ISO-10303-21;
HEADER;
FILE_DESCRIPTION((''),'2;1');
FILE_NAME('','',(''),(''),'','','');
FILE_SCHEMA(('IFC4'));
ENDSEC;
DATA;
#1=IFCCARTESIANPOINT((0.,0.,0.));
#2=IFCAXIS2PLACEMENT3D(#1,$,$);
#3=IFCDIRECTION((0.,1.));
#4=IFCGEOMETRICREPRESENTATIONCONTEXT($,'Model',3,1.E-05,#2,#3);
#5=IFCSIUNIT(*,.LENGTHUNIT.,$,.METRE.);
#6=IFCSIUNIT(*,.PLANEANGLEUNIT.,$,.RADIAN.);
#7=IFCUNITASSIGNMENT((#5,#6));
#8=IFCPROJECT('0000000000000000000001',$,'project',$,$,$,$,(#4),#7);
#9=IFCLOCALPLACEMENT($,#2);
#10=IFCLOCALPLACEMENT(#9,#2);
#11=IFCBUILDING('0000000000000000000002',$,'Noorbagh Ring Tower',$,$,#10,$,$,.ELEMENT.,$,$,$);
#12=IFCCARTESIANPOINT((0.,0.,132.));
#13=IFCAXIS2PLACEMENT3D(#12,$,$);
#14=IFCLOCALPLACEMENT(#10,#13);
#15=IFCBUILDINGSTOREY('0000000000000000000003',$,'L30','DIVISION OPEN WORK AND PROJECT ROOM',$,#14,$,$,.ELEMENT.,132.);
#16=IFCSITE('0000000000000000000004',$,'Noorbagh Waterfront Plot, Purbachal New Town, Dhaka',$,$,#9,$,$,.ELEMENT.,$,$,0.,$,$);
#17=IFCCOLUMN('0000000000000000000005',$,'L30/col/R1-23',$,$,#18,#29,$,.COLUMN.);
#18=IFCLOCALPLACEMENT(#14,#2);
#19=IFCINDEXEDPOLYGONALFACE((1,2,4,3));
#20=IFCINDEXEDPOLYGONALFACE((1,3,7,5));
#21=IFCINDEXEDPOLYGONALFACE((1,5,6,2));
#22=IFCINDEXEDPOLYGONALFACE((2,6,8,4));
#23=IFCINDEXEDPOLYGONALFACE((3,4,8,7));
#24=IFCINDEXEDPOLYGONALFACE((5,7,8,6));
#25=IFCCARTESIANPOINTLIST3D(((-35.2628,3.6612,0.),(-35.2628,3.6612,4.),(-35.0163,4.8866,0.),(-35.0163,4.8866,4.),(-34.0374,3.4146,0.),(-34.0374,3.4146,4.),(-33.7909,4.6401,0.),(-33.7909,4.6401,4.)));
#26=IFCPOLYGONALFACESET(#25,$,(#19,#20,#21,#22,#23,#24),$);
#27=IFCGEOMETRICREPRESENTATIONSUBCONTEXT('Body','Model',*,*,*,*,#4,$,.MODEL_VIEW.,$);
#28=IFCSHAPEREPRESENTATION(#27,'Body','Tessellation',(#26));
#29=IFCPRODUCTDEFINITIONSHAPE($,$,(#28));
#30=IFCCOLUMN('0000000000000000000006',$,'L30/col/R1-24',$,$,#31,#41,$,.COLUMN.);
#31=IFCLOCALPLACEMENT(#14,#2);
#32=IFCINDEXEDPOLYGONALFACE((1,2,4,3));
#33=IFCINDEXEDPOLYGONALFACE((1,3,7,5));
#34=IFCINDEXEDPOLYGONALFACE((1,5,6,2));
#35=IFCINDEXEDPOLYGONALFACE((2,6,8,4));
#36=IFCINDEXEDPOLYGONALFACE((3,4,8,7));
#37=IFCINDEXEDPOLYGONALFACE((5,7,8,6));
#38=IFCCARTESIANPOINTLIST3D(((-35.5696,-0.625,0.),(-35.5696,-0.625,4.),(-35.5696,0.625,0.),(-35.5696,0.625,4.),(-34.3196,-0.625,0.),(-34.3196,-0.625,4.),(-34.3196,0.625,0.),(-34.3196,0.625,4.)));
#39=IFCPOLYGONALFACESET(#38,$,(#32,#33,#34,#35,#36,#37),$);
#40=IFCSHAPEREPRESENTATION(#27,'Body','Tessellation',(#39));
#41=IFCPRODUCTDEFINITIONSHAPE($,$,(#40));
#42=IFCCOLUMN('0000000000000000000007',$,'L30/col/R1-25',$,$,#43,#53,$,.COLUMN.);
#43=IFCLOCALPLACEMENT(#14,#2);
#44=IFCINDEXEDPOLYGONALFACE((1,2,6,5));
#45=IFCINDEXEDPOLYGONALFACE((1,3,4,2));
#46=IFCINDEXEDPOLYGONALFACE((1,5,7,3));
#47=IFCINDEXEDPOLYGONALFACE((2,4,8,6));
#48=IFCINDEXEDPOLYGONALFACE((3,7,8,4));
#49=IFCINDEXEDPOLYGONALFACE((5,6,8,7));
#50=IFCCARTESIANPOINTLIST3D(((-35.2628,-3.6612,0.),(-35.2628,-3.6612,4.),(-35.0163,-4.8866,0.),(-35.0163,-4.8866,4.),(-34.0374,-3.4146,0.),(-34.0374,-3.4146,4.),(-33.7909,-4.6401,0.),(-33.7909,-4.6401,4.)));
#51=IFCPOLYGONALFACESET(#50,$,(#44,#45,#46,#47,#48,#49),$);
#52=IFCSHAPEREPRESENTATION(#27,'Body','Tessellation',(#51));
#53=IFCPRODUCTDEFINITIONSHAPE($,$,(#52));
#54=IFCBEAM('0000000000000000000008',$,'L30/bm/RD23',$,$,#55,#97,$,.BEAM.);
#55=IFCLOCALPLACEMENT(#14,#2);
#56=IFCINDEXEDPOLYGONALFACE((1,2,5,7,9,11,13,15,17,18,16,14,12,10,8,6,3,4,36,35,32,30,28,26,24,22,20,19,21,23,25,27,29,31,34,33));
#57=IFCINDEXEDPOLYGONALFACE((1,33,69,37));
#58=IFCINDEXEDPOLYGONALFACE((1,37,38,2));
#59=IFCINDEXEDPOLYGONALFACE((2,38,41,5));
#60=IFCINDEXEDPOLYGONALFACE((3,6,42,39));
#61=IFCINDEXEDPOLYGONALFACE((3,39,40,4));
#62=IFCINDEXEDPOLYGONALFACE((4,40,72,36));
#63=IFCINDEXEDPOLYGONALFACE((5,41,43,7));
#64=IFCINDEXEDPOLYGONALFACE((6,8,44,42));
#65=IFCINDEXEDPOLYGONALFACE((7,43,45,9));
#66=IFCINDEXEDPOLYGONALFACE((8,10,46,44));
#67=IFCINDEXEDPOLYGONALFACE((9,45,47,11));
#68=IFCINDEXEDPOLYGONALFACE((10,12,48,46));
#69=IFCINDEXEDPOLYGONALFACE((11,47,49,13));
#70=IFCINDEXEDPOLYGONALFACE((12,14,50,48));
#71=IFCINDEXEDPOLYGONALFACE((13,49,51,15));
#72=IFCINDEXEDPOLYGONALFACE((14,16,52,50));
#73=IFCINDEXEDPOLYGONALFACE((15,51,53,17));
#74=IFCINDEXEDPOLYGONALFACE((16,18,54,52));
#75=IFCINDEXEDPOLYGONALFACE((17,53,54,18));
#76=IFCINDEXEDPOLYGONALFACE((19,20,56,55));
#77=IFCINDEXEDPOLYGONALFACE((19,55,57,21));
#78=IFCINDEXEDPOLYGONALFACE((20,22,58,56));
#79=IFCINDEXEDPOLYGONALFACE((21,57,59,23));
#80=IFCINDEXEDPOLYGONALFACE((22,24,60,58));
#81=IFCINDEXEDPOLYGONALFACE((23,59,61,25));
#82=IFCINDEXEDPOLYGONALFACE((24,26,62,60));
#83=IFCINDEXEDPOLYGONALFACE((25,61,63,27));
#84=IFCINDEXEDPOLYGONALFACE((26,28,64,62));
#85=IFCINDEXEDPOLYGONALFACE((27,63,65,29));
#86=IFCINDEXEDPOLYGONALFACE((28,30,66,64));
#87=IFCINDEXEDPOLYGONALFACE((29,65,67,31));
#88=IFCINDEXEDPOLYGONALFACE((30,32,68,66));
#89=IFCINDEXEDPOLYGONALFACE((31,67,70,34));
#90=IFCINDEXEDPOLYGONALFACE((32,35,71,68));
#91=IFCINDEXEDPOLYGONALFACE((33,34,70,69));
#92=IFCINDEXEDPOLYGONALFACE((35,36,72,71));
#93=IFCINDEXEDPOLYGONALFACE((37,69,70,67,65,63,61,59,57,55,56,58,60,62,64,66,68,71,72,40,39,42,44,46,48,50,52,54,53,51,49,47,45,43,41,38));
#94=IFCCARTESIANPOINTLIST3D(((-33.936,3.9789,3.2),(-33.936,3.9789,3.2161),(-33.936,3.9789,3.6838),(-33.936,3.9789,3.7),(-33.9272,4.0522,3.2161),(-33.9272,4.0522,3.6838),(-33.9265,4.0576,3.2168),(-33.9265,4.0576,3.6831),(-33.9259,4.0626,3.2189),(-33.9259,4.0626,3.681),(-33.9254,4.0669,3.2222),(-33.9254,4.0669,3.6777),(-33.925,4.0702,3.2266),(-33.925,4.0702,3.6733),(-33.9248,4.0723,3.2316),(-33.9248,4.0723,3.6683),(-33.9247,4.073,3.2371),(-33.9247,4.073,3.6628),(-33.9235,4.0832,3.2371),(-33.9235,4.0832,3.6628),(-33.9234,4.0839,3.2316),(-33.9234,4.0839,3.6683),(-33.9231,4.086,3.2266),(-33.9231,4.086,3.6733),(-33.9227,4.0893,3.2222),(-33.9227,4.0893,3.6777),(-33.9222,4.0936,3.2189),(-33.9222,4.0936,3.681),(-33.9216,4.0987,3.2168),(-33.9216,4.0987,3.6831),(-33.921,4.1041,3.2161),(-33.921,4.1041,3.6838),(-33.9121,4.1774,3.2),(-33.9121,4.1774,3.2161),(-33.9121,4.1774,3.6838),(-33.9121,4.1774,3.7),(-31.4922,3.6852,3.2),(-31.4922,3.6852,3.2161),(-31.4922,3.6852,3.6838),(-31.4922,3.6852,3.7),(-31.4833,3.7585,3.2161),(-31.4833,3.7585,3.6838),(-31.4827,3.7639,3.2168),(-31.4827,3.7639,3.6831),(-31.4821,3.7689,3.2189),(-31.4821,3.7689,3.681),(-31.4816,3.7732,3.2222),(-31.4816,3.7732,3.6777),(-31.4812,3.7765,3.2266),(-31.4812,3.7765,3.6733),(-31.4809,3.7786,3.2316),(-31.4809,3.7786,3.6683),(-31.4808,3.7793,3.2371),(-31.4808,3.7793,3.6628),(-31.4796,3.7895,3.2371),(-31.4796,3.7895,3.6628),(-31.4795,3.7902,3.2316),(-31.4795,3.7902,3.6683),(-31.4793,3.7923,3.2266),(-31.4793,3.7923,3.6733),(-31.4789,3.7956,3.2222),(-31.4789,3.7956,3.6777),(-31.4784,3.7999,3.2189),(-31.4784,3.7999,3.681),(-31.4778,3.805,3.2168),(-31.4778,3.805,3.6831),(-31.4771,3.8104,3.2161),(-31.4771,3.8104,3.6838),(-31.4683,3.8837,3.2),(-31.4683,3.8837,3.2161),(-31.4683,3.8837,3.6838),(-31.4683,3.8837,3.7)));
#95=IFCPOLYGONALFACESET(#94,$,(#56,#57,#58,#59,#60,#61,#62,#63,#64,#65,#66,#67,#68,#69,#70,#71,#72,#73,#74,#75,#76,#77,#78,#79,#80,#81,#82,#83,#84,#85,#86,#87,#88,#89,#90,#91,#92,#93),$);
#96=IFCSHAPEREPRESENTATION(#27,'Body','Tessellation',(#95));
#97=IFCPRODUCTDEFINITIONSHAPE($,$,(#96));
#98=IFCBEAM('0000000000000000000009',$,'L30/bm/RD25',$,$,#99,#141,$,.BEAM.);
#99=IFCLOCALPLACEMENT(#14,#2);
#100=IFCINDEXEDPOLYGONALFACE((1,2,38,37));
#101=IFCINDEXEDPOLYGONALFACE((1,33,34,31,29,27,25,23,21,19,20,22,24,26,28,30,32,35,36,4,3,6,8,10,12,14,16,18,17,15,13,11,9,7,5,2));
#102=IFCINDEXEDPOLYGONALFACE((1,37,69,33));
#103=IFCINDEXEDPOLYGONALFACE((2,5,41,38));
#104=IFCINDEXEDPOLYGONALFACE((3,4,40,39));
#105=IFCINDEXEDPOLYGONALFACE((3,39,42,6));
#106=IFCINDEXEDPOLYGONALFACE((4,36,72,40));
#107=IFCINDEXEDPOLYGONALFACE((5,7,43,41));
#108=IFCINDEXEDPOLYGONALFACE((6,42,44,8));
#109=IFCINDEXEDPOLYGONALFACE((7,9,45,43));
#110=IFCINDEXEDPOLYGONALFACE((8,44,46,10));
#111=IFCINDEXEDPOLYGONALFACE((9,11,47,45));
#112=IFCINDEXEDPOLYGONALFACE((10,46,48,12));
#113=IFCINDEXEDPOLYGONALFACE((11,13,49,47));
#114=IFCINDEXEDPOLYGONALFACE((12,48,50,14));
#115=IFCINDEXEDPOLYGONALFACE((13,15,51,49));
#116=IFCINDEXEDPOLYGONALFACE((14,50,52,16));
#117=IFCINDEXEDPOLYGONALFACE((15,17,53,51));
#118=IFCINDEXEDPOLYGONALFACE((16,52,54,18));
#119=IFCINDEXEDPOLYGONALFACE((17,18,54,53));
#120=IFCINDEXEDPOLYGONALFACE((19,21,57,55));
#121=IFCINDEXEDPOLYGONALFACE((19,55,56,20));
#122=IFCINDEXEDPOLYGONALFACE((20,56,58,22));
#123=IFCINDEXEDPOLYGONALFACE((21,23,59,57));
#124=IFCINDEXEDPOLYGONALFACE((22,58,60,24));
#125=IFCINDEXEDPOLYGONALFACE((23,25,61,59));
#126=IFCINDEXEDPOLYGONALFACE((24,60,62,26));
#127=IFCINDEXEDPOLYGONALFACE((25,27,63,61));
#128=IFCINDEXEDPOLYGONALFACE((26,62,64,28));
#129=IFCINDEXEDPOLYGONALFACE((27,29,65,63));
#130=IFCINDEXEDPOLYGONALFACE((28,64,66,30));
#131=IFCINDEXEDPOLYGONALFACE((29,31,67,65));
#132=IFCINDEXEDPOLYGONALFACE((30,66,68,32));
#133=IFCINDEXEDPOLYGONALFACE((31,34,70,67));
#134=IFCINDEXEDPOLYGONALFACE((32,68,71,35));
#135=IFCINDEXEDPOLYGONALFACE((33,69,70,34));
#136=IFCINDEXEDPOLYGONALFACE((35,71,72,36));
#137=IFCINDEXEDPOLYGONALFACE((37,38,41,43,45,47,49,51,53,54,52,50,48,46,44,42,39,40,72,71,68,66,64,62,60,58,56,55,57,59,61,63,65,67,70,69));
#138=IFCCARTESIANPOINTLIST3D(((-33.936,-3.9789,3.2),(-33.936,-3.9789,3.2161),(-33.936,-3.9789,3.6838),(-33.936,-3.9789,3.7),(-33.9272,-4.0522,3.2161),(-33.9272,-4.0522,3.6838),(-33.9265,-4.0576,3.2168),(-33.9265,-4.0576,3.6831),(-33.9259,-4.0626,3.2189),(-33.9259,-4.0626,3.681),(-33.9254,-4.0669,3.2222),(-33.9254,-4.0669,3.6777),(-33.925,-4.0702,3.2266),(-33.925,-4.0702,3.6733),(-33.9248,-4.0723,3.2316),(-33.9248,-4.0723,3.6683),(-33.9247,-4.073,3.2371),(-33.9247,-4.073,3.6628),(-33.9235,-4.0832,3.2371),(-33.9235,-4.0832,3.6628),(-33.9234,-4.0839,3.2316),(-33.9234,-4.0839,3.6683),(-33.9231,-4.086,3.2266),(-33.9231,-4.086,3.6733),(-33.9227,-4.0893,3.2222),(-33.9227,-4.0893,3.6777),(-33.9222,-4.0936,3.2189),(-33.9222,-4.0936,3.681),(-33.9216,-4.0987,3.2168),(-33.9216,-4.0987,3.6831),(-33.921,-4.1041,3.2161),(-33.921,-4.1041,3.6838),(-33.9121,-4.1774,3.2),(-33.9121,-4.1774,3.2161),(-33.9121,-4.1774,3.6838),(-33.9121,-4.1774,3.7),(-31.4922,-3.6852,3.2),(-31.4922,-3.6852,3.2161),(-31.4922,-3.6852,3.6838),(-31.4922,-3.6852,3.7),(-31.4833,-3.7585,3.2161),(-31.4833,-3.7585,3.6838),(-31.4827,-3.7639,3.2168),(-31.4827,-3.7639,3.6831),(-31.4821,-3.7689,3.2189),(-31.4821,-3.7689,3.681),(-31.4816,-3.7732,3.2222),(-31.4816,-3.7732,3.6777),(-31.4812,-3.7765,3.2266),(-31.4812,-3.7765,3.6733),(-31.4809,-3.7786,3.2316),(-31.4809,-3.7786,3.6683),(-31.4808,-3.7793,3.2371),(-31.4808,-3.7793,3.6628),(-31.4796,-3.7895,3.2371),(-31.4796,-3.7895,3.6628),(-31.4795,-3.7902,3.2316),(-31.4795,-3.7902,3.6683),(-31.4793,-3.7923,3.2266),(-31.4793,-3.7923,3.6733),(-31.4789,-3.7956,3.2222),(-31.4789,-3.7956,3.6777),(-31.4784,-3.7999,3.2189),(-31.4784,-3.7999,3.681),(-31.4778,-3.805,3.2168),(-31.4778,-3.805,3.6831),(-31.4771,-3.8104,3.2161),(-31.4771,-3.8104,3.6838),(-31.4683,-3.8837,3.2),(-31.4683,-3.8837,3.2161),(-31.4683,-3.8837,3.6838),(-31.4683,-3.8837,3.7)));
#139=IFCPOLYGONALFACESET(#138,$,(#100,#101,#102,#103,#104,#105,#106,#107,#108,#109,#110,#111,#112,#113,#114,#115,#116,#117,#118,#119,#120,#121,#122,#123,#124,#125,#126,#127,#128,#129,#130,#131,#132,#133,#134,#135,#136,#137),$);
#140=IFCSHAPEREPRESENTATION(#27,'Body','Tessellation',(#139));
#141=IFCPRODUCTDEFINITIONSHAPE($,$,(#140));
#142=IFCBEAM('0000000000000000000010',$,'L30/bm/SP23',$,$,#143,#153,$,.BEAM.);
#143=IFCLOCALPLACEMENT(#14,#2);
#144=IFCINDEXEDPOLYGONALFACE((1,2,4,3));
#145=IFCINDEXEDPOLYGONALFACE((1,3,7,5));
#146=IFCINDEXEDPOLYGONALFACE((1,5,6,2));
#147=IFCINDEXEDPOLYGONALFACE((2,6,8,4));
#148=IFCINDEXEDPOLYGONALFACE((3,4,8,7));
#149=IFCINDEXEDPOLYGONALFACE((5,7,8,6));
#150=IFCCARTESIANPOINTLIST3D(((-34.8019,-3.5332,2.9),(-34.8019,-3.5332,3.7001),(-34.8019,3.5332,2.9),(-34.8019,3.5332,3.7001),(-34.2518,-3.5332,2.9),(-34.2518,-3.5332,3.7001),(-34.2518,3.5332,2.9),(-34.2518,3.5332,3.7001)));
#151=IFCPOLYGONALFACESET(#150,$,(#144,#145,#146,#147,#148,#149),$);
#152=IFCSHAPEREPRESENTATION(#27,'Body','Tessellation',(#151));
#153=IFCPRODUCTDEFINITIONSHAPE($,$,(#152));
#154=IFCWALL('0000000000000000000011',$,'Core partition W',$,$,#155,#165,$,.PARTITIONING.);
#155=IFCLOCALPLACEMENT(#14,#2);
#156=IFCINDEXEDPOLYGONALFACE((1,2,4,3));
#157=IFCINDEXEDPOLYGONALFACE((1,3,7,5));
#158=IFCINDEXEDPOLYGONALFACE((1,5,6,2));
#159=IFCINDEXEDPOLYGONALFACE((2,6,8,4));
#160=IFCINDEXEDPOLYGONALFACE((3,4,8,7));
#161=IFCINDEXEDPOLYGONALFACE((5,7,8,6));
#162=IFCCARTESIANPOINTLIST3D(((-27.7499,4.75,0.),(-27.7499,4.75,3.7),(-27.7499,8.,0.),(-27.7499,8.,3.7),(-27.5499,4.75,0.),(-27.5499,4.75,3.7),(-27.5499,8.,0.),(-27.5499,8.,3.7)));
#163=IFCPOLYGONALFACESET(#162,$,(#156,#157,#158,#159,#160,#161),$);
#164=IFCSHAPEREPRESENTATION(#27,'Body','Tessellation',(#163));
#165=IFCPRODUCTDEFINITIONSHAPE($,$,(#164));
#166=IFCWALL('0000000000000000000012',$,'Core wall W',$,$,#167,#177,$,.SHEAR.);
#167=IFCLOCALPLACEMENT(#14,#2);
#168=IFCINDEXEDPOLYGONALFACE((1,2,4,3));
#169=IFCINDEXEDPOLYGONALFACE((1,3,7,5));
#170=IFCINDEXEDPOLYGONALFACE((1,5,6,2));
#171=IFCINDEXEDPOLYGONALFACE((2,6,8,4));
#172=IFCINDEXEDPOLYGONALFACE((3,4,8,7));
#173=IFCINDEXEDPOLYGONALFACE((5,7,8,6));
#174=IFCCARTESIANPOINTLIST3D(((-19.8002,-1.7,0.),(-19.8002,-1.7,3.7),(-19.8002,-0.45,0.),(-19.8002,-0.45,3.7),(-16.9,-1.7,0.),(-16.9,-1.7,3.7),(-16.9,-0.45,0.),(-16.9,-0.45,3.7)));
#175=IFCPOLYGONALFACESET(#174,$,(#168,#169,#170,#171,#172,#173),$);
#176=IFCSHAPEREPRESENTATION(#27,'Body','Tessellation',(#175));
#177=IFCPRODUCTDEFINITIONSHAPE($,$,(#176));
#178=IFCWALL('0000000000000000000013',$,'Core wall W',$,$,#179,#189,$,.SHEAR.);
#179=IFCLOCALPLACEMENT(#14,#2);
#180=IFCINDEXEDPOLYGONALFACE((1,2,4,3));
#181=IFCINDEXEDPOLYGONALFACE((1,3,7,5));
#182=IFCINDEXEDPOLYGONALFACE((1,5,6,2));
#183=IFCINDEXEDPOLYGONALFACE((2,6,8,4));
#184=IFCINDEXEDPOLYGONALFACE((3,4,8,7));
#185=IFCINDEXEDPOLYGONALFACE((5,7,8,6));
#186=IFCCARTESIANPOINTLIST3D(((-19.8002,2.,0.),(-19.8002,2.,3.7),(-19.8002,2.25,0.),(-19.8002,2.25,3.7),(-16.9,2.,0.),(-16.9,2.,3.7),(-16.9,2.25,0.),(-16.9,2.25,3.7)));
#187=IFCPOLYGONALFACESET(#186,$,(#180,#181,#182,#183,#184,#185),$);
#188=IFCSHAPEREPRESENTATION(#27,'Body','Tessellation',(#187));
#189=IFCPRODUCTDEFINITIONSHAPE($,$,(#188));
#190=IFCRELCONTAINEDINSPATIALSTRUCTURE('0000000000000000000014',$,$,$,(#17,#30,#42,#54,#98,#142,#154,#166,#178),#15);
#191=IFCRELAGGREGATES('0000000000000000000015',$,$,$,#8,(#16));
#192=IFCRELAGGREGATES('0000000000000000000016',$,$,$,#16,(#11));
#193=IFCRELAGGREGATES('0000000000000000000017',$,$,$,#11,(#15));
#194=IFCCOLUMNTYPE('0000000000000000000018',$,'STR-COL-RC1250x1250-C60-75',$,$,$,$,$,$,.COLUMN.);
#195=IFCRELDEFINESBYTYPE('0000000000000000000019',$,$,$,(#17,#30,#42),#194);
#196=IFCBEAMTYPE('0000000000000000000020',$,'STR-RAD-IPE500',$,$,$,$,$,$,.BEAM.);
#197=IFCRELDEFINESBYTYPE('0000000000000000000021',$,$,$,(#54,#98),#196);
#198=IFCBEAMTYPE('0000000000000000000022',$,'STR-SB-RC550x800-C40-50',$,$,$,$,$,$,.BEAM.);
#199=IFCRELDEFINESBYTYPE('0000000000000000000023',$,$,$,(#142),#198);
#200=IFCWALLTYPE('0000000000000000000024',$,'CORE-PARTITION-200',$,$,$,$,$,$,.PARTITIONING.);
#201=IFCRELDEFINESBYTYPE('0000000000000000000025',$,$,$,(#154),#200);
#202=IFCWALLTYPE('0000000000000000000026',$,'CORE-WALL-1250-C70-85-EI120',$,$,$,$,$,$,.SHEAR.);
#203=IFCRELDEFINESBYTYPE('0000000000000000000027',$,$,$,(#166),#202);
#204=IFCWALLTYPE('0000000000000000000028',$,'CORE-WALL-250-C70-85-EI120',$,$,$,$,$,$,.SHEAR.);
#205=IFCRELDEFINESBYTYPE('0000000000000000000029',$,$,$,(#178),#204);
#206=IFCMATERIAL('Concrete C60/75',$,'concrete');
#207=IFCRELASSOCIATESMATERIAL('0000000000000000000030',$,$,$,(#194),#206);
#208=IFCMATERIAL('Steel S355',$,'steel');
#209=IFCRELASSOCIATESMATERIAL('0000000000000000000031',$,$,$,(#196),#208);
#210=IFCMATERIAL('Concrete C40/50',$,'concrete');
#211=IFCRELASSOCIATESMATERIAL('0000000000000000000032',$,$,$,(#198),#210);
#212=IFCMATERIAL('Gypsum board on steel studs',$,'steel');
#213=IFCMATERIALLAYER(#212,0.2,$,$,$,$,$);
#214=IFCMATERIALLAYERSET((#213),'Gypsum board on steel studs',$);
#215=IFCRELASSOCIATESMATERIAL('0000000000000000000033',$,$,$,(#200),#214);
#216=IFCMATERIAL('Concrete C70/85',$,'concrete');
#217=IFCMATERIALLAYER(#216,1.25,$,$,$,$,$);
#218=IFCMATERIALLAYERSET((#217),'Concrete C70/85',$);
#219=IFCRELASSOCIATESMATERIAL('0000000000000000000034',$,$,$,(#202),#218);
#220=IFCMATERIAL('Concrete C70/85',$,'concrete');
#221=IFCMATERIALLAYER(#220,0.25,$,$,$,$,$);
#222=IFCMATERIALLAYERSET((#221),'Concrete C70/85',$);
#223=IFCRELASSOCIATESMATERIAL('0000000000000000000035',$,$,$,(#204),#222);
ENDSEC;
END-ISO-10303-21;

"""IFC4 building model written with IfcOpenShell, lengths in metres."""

from ifc_helpers import new_model, si_unit, direction, frame, frame_2d, origin, origin_2d, place, context, subcontext, project, spatial, rectangle, i_section, extrude, material, layer, layer_set, material_profile, profile_set, type_object, element, save


model = new_model("IFC4")

# Units and contexts
model_context = context("Model", 3, precision=1e-05, world=origin(), true_north=direction((0.0, 1.0)))
body_context = subcontext(model_context, "Body", "Model", "MODEL_VIEW")
ifc_project = project(units=[si_unit("LENGTHUNIT", "METRE"), si_unit("PLANEANGLEUNIT", "RADIAN")], contexts=[model_context])

# Site, building, storey
site_placement = place(None, origin())
site = spatial("IfcSite", under=ifc_project, at=site_placement, Name="Noorbagh Waterfront Plot, Purbachal New Town, Dhaka", CompositionType="ELEMENT", RefElevation=0.0)
building_placement = place(site_placement, origin())
building = spatial("IfcBuilding", under=site, at=building_placement, Name="Noorbagh Ring Tower", CompositionType="ELEMENT")
storey_placement = place(building_placement, frame((0.0, 0.0, 132.0)))
storey = spatial("IfcBuildingStorey", under=building, at=storey_placement, Name="L30", Description="DIVISION OPEN WORK AND PROJECT ROOM", CompositionType="ELEMENT", Elevation=132.0)

# Columns
ifc_material_1 = material(Name="Concrete C60/75", Category="concrete")
ifc_material_profile_1 = material_profile(ifc_material_1, rectangle(XDim=1.25, YDim=1.25, at=origin_2d()), Name="RC1250x1250")
ifc_profile_set_1 = profile_set([ifc_material_profile_1], Name="Concrete C60/75")
column_type = type_object("IfcColumnType", Name="STR-COL-RC1250x1250-C60-75", PredefinedType="COLUMN", material=ifc_profile_set_1)
for number, where, z_axis, x_axis, name in (
    (1, (-34.5269, 4.1506, 0.0), (0.0, 0.0, 1.0), (-0.19723, -0.980357, 0.0), "L30/col/R1-23"),
    (2, (-34.9446, 0.0, 0.0), (0.0, 0.0, 1.0), (0.0, -1.0, 0.0), "L30/col/R1-24"),
    (3, (-34.5269, -4.1506, 0.0), (0.0, 0.0, 1.0), (0.19723, -0.980357, 0.0), "L30/col/R1-25"),
):
    element("IfcColumn", number, at=place(storey_placement, frame(where, z_axis=z_axis, x_axis=x_axis)), inside=storey, type_object=column_type, Name=name, PredefinedType="COLUMN", context=body_context, shape_type="SweptSolid", body=[
        extrude(rectangle(XDim=1.25, YDim=1.25, at=origin_2d()), origin(), (0.0, 0.0, 1.0), 4.0),
    ])

# Beams
ifc_material_2 = material(Name="Steel S355", Category="steel")
ifc_material_profile_2 = material_profile(ifc_material_2, i_section(OverallWidth=0.2, OverallDepth=0.5, WebThickness=0.0103, FlangeThickness=0.0161, FilletRadius=0.021, at=origin_2d()), Name="IPE500")
ifc_profile_set_2 = profile_set([ifc_material_profile_2], Name="Steel S355")
beam_type_1 = type_object("IfcBeamType", Name="STR-RAD-IPE500", PredefinedType="BEAM", material=ifc_profile_set_2)
for number, where, z_axis, x_axis, name in (
    (4, (-33.9241, 4.0781, 3.45), (0.992856, -0.119321, 0.0), (0.119321, 0.992856, 0.0), "L30/bm/RD23"),
    (5, (-33.9241, -4.0781, 3.45), (0.992856, 0.119321, 0.0), (-0.119321, 0.992856, 0.0), "L30/bm/RD25"),
):
    element("IfcBeam", number, at=place(storey_placement, frame(where, z_axis=z_axis, x_axis=x_axis)), inside=storey, type_object=beam_type_1, Name=name, PredefinedType="BEAM", context=body_context, shape_type="SweptSolid", body=[
        extrude(i_section(OverallWidth=0.2, OverallDepth=0.5, WebThickness=0.0103, FlangeThickness=0.0161, FilletRadius=0.021, at=origin_2d()), origin(), (0.0, 0.0, 1.0), 2.4614),
    ])
ifc_material_3 = material(Name="Concrete C40/50", Category="concrete")
ifc_material_profile_3 = material_profile(ifc_material_3, rectangle(XDim=0.55, YDim=0.8, at=origin_2d()), Name="RC550x800")
ifc_profile_set_3 = profile_set([ifc_material_profile_3], Name="Concrete C40/50")
beam_type_2 = type_object("IfcBeamType", Name="STR-SB-RC550x800-C40-50", PredefinedType="BEAM", material=ifc_profile_set_3)
beam_placement = place(storey_placement, frame((-34.5269, 3.5332, 3.3), z_axis=(0.0, -1.0, 0.0), x_axis=(1.0, 0.0, 0.0)))
element("IfcBeam", 6, at=beam_placement, inside=storey, type_object=beam_type_2, Name="L30/bm/SP23", PredefinedType="BEAM", context=body_context, shape_type="SweptSolid", body=[
    extrude(rectangle(XDim=0.55, YDim=0.8, at=origin_2d()), origin(), (0.0, 0.0, 1.0), 7.0664),
])

# Walls
ifc_material_4 = material(Name="Gypsum board on steel studs", Category="steel")
ifc_layer_1 = layer(ifc_material_4, 0.2)
ifc_layer_set_1 = layer_set([ifc_layer_1], Name="Gypsum board on steel studs")
wall_type_1 = type_object("IfcWallType", Name="CORE-PARTITION-200", PredefinedType="PARTITIONING", material=ifc_layer_set_1)
wall_1_placement = place(storey_placement, frame((-27.6499, 4.75, 0.0), z_axis=(0.0, 0.0, 1.0), x_axis=(0.0, 1.0, 0.0)))
element("IfcWall", 7, at=wall_1_placement, inside=storey, type_object=wall_type_1, Name="Core partition W", PredefinedType="PARTITIONING", context=body_context, shape_type="SweptSolid", body=[
    extrude(rectangle(XDim=3.25, YDim=0.2, at=frame_2d((1.625, 0.0))), origin(), (0.0, 0.0, 1.0), 3.7),
])
ifc_material_5 = material(Name="Concrete C70/85", Category="concrete")
ifc_layer_2 = layer(ifc_material_5, 1.25)
ifc_layer_set_2 = layer_set([ifc_layer_2], Name="Concrete C70/85")
wall_type_2 = type_object("IfcWallType", Name="CORE-WALL-1250-C70-85-EI120", PredefinedType="SHEAR", material=ifc_layer_set_2)
wall_2_placement = place(storey_placement, frame((-16.8999, -1.075, 0.0), z_axis=(0.0, 0.0, 1.0), x_axis=(-1.0, 0.0, 0.0)))
element("IfcWall", 8, at=wall_2_placement, inside=storey, type_object=wall_type_2, Name="Core wall W", PredefinedType="SHEAR", context=body_context, shape_type="SweptSolid", body=[
    extrude(rectangle(XDim=2.9001, YDim=1.25, at=frame_2d((1.4502, 0.0))), origin(), (0.0, 0.0, 1.0), 3.7),
])
ifc_material_6 = material(Name="Concrete C70/85", Category="concrete")
ifc_layer_3 = layer(ifc_material_6, 0.25)
ifc_layer_set_3 = layer_set([ifc_layer_3], Name="Concrete C70/85")
wall_type_3 = type_object("IfcWallType", Name="CORE-WALL-250-C70-85-EI120", PredefinedType="SHEAR", material=ifc_layer_set_3)
for number, where, z_axis, x_axis, name in (
    (9, (-16.8999, 2.125, 0.0), (0.0, 0.0, 1.0), (-1.0, 0.0, 0.0), "Core wall W"),
):
    element("IfcWall", number, at=place(storey_placement, frame(where, z_axis=z_axis, x_axis=x_axis)), inside=storey, type_object=wall_type_3, Name=name, PredefinedType="SHEAR", context=body_context, shape_type="SweptSolid", body=[
        extrude(rectangle(XDim=2.9001, YDim=0.25, at=frame_2d((1.4502, 0.0))), origin(), (0.0, 0.0, 1.0), 3.7),
    ])

save(model, "model.ifc")
